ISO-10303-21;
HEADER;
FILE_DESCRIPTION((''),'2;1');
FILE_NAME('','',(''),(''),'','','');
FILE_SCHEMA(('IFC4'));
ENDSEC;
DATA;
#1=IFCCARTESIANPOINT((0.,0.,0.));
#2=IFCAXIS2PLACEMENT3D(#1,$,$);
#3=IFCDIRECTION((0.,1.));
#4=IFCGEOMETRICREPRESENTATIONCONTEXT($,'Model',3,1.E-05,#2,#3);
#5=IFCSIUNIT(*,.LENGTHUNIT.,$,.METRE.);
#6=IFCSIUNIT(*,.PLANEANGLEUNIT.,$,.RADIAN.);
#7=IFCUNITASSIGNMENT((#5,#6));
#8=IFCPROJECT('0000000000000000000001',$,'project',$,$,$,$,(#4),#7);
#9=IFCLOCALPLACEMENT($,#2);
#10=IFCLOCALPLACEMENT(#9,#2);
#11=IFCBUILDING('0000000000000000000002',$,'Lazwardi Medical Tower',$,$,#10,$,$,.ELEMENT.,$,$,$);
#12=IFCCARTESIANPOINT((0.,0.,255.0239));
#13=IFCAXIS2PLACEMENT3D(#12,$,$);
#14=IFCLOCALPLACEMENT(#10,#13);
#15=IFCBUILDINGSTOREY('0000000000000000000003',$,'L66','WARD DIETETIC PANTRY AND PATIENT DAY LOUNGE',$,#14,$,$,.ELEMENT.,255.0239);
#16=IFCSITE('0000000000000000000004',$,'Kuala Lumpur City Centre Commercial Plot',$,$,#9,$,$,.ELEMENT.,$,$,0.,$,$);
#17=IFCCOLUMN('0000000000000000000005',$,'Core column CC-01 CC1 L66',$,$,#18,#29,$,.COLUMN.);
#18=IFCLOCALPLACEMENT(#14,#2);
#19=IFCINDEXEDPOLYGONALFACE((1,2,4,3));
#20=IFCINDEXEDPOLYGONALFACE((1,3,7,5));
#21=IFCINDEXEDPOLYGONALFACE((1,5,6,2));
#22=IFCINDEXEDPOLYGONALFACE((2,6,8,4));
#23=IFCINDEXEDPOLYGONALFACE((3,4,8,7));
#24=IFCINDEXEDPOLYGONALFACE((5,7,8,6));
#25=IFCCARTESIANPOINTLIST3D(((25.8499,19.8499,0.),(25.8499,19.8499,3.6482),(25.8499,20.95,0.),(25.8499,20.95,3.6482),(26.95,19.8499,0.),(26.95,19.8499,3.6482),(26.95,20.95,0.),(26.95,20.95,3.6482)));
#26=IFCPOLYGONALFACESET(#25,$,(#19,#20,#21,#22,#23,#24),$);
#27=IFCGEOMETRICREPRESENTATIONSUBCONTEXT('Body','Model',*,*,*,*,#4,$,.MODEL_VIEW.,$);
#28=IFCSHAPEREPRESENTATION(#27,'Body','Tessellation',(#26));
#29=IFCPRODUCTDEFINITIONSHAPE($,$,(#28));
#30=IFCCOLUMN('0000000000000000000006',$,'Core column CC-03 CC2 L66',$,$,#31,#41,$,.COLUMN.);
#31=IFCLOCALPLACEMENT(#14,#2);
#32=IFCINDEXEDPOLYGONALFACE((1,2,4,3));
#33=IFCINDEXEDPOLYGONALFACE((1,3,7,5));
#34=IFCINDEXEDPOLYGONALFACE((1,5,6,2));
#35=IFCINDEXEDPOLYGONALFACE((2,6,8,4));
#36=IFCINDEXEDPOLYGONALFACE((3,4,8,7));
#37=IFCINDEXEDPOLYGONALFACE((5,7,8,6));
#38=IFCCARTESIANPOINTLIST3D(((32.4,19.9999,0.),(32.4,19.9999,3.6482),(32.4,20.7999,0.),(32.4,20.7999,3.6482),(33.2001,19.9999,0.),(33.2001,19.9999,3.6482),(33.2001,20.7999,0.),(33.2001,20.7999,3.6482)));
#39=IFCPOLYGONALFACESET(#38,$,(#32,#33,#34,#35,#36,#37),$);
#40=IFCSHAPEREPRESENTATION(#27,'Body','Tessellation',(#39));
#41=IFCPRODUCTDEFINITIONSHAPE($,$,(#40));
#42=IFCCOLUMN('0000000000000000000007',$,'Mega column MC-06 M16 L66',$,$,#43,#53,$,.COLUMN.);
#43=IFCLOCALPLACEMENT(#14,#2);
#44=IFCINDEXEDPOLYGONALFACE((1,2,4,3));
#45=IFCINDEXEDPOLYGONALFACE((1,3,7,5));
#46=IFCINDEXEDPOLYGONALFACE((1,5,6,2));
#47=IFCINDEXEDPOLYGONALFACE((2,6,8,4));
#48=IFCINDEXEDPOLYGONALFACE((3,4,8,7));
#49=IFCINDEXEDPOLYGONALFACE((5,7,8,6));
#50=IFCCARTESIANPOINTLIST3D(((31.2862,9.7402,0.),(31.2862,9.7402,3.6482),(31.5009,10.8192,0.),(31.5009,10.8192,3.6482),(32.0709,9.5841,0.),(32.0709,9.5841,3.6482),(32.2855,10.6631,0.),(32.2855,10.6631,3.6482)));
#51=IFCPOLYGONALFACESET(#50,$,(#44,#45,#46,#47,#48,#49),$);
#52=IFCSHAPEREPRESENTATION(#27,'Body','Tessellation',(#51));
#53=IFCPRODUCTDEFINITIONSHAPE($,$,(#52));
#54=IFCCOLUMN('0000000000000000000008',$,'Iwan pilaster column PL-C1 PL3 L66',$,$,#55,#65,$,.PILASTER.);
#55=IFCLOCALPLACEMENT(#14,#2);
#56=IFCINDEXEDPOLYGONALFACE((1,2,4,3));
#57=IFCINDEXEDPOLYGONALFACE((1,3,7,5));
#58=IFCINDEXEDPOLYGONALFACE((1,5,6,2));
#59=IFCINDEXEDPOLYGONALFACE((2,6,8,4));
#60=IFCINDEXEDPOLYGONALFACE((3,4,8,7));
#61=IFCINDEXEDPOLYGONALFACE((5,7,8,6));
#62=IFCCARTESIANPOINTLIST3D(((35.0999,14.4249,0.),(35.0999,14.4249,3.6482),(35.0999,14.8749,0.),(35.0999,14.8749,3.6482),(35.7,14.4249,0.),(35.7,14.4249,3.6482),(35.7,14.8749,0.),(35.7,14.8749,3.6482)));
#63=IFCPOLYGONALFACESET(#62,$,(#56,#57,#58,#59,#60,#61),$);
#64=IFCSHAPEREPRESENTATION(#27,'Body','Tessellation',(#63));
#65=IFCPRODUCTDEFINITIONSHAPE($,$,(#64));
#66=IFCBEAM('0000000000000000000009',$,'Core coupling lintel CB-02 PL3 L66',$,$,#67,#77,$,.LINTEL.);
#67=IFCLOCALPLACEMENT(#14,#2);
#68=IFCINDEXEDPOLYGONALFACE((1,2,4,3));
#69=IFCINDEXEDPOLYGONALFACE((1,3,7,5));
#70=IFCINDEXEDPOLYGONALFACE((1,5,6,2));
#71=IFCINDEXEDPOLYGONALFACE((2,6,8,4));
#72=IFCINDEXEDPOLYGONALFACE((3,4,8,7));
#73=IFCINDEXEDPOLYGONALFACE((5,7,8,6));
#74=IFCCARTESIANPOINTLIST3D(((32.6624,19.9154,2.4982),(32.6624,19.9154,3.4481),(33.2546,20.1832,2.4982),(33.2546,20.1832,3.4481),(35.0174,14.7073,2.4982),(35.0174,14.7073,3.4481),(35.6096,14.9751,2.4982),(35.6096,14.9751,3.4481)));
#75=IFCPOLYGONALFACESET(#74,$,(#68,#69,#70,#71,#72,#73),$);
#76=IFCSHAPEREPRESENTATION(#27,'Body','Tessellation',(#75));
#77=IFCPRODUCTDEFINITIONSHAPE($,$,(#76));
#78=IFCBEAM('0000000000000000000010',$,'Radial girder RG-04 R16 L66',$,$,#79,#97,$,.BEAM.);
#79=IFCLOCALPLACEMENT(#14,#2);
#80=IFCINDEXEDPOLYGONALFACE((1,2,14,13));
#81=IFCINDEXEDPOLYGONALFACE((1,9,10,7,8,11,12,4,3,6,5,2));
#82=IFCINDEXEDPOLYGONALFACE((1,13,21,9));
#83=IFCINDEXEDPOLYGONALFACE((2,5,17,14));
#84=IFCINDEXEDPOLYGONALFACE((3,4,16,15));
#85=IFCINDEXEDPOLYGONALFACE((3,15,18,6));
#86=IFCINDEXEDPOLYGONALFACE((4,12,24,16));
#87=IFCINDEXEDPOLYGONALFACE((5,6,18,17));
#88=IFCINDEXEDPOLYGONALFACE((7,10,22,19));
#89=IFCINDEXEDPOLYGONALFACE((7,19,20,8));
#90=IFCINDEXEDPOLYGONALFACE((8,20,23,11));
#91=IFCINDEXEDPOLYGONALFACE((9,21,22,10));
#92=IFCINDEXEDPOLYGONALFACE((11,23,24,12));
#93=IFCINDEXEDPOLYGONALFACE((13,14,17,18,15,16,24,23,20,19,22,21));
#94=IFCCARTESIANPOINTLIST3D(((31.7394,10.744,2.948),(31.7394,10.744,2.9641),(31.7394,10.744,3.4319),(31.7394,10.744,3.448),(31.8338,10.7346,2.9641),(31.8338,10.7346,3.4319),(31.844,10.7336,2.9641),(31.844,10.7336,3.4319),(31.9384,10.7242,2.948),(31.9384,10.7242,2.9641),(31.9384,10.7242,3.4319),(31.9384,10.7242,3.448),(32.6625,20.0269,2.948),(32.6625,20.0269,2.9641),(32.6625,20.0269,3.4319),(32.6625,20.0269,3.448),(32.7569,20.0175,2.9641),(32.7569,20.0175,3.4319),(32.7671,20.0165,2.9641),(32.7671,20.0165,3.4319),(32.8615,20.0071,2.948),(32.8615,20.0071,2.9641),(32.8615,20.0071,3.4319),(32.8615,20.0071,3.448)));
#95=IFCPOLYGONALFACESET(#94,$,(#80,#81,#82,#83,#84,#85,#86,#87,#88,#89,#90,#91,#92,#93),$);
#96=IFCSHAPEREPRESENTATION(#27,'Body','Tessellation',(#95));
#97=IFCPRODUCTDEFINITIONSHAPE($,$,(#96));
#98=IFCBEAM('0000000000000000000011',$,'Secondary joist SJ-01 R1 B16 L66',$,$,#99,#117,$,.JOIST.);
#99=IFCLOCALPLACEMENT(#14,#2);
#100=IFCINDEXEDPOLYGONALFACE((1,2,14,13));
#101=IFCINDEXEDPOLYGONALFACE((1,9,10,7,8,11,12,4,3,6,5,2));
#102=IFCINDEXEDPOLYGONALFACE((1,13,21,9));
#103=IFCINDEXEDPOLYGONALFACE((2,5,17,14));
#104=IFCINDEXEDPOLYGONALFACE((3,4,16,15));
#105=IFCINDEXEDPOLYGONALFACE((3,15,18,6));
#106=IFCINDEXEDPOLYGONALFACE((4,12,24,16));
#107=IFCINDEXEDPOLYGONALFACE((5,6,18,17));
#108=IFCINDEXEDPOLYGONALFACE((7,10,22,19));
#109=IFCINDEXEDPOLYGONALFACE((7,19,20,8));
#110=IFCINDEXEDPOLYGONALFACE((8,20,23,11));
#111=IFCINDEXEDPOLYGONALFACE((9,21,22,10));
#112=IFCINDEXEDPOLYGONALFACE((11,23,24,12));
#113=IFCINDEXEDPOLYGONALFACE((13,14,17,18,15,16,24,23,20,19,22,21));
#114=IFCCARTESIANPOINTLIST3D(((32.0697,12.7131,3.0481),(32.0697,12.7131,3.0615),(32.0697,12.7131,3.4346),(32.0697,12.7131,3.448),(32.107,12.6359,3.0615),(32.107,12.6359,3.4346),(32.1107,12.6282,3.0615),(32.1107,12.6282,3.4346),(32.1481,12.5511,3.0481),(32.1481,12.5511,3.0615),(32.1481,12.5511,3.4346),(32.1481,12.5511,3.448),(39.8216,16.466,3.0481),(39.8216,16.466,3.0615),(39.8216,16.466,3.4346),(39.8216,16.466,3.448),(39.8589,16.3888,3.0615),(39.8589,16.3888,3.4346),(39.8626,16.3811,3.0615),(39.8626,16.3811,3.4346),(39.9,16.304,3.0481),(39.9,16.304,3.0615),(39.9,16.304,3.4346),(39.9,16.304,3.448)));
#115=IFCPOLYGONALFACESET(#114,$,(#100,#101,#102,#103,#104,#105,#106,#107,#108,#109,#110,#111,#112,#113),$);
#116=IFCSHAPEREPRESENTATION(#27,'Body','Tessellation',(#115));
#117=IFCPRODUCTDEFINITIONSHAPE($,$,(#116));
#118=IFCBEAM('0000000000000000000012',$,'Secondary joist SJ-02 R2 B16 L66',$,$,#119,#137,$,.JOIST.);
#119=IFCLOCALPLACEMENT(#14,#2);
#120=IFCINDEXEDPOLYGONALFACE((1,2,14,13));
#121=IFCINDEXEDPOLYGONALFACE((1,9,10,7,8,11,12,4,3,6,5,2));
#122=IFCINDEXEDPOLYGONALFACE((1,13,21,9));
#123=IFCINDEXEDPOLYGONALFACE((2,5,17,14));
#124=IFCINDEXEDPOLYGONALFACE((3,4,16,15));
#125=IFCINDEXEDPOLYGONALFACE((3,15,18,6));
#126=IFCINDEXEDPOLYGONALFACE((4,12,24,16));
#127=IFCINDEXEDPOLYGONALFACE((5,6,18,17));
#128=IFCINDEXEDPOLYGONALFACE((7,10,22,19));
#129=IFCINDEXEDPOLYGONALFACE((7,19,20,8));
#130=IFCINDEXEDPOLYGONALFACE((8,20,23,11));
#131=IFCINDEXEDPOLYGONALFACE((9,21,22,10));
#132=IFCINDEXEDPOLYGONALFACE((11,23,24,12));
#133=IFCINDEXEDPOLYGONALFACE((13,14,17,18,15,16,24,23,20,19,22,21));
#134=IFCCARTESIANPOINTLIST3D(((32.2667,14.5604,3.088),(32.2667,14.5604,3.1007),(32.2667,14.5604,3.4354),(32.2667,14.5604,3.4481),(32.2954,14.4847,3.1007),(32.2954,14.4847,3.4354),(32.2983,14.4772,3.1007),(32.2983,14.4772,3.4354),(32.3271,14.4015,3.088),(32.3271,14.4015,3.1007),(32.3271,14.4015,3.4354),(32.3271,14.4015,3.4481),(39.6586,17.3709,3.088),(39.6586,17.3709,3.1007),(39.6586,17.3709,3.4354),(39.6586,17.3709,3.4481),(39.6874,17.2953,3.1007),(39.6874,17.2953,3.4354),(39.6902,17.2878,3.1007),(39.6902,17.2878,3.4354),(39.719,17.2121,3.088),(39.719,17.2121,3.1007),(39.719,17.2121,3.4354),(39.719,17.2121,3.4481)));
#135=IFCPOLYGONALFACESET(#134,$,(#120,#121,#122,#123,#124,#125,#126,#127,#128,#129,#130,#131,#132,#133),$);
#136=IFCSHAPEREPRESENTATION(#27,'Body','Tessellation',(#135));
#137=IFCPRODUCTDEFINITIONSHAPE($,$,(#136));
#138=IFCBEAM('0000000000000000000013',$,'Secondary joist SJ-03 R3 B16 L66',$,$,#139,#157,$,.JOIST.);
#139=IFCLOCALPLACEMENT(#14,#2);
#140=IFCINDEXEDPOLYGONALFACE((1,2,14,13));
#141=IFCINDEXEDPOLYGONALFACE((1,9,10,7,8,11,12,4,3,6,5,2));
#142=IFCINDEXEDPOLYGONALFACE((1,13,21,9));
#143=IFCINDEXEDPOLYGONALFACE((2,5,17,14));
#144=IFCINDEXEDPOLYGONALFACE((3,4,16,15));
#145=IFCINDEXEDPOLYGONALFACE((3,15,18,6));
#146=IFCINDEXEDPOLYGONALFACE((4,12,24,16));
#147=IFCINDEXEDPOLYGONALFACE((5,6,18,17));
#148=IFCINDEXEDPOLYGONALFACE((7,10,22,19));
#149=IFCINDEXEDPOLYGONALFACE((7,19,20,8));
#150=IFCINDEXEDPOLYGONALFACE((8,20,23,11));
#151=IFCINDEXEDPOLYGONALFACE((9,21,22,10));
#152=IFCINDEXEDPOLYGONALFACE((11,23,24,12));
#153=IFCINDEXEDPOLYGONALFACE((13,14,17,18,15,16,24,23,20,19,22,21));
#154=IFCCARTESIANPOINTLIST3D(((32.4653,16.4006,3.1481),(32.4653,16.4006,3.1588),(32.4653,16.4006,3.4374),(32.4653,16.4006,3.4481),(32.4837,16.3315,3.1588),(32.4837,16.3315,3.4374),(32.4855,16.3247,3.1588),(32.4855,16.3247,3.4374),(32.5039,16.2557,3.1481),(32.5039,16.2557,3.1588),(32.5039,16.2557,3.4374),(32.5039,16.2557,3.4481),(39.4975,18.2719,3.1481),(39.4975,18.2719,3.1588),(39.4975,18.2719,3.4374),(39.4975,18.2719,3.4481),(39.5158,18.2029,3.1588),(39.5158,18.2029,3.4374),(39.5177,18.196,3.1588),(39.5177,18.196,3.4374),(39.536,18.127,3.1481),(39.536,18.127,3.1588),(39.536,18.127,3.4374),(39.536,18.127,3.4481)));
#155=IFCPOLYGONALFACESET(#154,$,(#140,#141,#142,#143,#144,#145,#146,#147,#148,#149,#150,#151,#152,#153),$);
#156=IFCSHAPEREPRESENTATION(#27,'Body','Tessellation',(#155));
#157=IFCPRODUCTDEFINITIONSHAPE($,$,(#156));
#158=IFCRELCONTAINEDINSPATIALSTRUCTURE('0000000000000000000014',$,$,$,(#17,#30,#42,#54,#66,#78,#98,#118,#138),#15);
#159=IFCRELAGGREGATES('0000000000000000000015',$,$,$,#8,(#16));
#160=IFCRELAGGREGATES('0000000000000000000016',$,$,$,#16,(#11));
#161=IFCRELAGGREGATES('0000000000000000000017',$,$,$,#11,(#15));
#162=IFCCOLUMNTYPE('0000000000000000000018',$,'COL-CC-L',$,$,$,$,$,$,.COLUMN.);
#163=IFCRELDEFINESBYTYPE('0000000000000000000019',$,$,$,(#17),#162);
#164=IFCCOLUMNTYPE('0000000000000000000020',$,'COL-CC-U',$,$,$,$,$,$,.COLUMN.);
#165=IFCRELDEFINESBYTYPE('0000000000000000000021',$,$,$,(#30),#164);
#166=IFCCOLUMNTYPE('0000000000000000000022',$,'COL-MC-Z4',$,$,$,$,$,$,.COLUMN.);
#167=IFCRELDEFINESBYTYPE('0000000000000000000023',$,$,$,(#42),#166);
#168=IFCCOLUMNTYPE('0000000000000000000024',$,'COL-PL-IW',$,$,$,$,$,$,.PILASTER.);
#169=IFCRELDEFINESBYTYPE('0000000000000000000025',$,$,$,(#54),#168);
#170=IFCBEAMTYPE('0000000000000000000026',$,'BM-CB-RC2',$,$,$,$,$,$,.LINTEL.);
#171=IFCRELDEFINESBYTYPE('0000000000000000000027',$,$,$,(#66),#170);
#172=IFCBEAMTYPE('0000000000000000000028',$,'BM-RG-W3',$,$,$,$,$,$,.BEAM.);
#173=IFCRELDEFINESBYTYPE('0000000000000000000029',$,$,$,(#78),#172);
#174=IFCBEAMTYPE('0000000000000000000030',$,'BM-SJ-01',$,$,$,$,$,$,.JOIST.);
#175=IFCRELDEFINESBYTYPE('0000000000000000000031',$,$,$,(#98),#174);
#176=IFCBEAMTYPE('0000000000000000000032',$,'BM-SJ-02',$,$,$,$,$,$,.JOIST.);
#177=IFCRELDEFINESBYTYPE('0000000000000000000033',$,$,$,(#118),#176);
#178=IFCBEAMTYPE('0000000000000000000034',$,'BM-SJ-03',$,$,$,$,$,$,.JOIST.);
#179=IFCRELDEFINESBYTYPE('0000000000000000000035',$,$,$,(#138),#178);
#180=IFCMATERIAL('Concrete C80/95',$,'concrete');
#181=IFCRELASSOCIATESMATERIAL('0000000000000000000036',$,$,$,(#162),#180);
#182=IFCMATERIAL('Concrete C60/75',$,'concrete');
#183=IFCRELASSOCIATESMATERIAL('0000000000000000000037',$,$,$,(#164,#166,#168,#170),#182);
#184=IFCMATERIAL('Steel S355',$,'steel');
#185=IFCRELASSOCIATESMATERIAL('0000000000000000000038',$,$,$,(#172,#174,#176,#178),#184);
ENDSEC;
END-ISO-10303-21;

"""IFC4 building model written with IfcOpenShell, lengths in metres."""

from ifc_helpers import new_model, si_unit, direction, frame, origin, origin_2d, place, context, subcontext, project, spatial, rectangle, i_section, extrude, material, material_profile, profile_set, type_object, element, save


model = new_model("IFC4")

# Units and contexts
model_context = context("Model", 3, precision=1e-05, world=origin(), true_north=direction((0.0, 1.0)))
body_context = subcontext(model_context, "Body", "Model", "MODEL_VIEW")
ifc_project = project(units=[si_unit("LENGTHUNIT", "METRE"), si_unit("PLANEANGLEUNIT", "RADIAN")], contexts=[model_context])

# Site, building, storey
site_placement = place(None, origin())
site = spatial("IfcSite", under=ifc_project, at=site_placement, Name="Kuala Lumpur City Centre Commercial Plot", CompositionType="ELEMENT", RefElevation=0.0)
building_placement = place(site_placement, origin())
building = spatial("IfcBuilding", under=site, at=building_placement, Name="Lazwardi Medical Tower", CompositionType="ELEMENT")
storey_placement = place(building_placement, frame((0.0, 0.0, 255.0239)))
storey = spatial("IfcBuildingStorey", under=building, at=storey_placement, Name="L66", Description="WARD DIETETIC PANTRY AND PATIENT DAY LOUNGE", CompositionType="ELEMENT", Elevation=255.0239)

# Columns
ifc_material_1 = material(Name="Concrete C80/95", Category="concrete")
ifc_material_profile_1 = material_profile(ifc_material_1, rectangle(XDim=1.1001, YDim=1.1001, at=origin_2d()), Name="RC 1100x1100")
ifc_profile_set_1 = profile_set([ifc_material_profile_1], Name="Concrete C80/95")
column_type_1 = type_object("IfcColumnType", Name="COL-CC-L", PredefinedType="COLUMN", material=ifc_profile_set_1)
column_1_placement = place(storey_placement, frame((26.3999, 20.3999, 0.0), z_axis=(0.0, 0.0, 1.0), x_axis=(1.0, 0.0, 0.0)))
element("IfcColumn", 1, at=column_1_placement, inside=storey, type_object=column_type_1, Name="Core column CC-01 CC1 L66", PredefinedType="COLUMN", context=body_context, shape_type="SweptSolid", body=[
    extrude(rectangle(XDim=1.1001, YDim=1.1001, at=origin_2d()), origin(), (0.0, 0.0, 1.0), 3.6482),
])
ifc_material_2 = material(Name="Concrete C60/75", Category="concrete")
ifc_material_profile_2 = material_profile(ifc_material_2, rectangle(XDim=0.8, YDim=0.8, at=origin_2d()), Name="RC 800x800")
ifc_profile_set_2 = profile_set([ifc_material_profile_2], Name="Concrete C60/75")
column_type_2 = type_object("IfcColumnType", Name="COL-CC-U", PredefinedType="COLUMN", material=ifc_profile_set_2)
column_2_placement = place(storey_placement, frame((32.8, 20.3999, 0.0), z_axis=(0.0, 0.0, 1.0), x_axis=(1.0, 0.0, 0.0)))
element("IfcColumn", 2, at=column_2_placement, inside=storey, type_object=column_type_2, Name="Core column CC-03 CC2 L66", PredefinedType="COLUMN", context=body_context, shape_type="SweptSolid", body=[
    extrude(rectangle(XDim=0.8, YDim=0.8, at=origin_2d()), origin(), (0.0, 0.0, 1.0), 3.6482),
])
ifc_material_profile_3 = material_profile(ifc_material_2, rectangle(XDim=1.1001, YDim=0.8, at=origin_2d()), Name="CFT-RECT 1100x800")
ifc_profile_set_3 = profile_set([ifc_material_profile_3], Name="Concrete C60/75")
column_type_3 = type_object("IfcColumnType", Name="COL-MC-Z4", PredefinedType="COLUMN", material=ifc_profile_set_3)
column_3_placement = place(storey_placement, frame((31.7859, 10.2017, 0.0), z_axis=(0.0, 0.0, 1.0), x_axis=(-0.19509, -0.980785, 0.0)))
element("IfcColumn", 3, at=column_3_placement, inside=storey, type_object=column_type_3, Name="Mega column MC-06 M16 L66", PredefinedType="COLUMN", context=body_context, shape_type="SweptSolid", body=[
    extrude(rectangle(XDim=1.1001, YDim=0.8, at=origin_2d()), origin(), (0.0, 0.0, 1.0), 3.6482),
])
ifc_material_profile_4 = material_profile(ifc_material_2, rectangle(XDim=0.6001, YDim=0.45, at=origin_2d()), Name="RC 600x450")
ifc_profile_set_4 = profile_set([ifc_material_profile_4], Name="Concrete C60/75")
column_type_4 = type_object("IfcColumnType", Name="COL-PL-IW", PredefinedType="PILASTER", material=ifc_profile_set_4)
column_4_placement = place(storey_placement, frame((35.3999, 14.6499, 0.0), z_axis=(0.0, 0.0, 1.0), x_axis=(1.0, 0.0, 0.0)))
element("IfcColumn", 4, at=column_4_placement, inside=storey, type_object=column_type_4, Name="Iwan pilaster column PL-C1 PL3 L66", PredefinedType="PILASTER", context=body_context, shape_type="SweptSolid", body=[
    extrude(rectangle(XDim=0.6001, YDim=0.45, at=origin_2d()), origin(), (0.0, 0.0, 1.0), 3.6482),
])

# Beams
ifc_material_profile_5 = material_profile(ifc_material_2, rectangle(XDim=0.6499, YDim=0.95, at=origin_2d()), Name="RC 650x950")
ifc_profile_set_5 = profile_set([ifc_material_profile_5], Name="Concrete C60/75")
beam_type_1 = type_object("IfcBeamType", Name="BM-CB-RC2", PredefinedType="LINTEL", material=ifc_profile_set_5)
beam_1_placement = place(storey_placement, frame((32.9585, 20.0493, 2.9731), z_axis=(0.412019, -0.911175, 0.0), x_axis=(0.911175, 0.412019, 0.0)))
element("IfcBeam", 5, at=beam_1_placement, inside=storey, type_object=beam_type_1, Name="Core coupling lintel CB-02 PL3 L66", PredefinedType="LINTEL", context=body_context, shape_type="SweptSolid", body=[
    extrude(rectangle(XDim=0.6499, YDim=0.95, at=origin_2d()), origin(), (0.0, 0.0, 1.0), 5.7158),
])
ifc_material_3 = material(Name="Steel S355", Category="steel")
ifc_material_profile_6 = material_profile(ifc_material_3, i_section(OverallWidth=0.2, OverallDepth=0.5, WebThickness=0.0103, FlangeThickness=0.0161, at=origin_2d()), Name="IPE 500")
ifc_profile_set_6 = profile_set([ifc_material_profile_6], Name="Steel S355")
beam_type_2 = type_object("IfcBeamType", Name="BM-RG-W3", PredefinedType="BEAM", material=ifc_profile_set_6)
beam_2_placement = place(storey_placement, frame((31.8389, 10.7341, 3.198), z_axis=(0.098954, 0.995092, 0.0), x_axis=(-0.995092, 0.098954, 0.0)))
element("IfcBeam", 6, at=beam_2_placement, inside=storey, type_object=beam_type_2, Name="Radial girder RG-04 R16 L66", PredefinedType="BEAM", context=body_context, shape_type="SweptSolid", body=[
    extrude(i_section(OverallWidth=0.2, OverallDepth=0.5, WebThickness=0.0103, FlangeThickness=0.0161, at=origin_2d()), origin(), (0.0, 0.0, 1.0), 9.3286),
])
ifc_material_profile_7 = material_profile(ifc_material_3, i_section(OverallWidth=0.1799, OverallDepth=0.3999, WebThickness=0.0085, FlangeThickness=0.0134, at=origin_2d()), Name="IPE 400")
ifc_profile_set_7 = profile_set([ifc_material_profile_7], Name="Steel S355")
beam_type_3 = type_object("IfcBeamType", Name="BM-SJ-01", PredefinedType="JOIST", material=ifc_profile_set_7)
beam_3_placement = place(storey_placement, frame((32.1089, 12.6321, 3.248), z_axis=(0.900069, 0.435748, 0.0), x_axis=(-0.435748, 0.900069, 0.0)))
element("IfcBeam", 7, at=beam_3_placement, inside=storey, type_object=beam_type_3, Name="Secondary joist SJ-01 R1 B16 L66", PredefinedType="JOIST", context=body_context, shape_type="SweptSolid", body=[
    extrude(i_section(OverallWidth=0.1799, OverallDepth=0.3999, WebThickness=0.0085, FlangeThickness=0.0134, at=origin_2d()), origin(), (0.0, 0.0, 1.0), 8.6125),
])
ifc_material_profile_8 = material_profile(ifc_material_3, i_section(OverallWidth=0.1699, OverallDepth=0.3601, WebThickness=0.0081, FlangeThickness=0.0127, at=origin_2d()), Name="IPE 360")
ifc_profile_set_8 = profile_set([ifc_material_profile_8], Name="Steel S355")
beam_type_4 = type_object("IfcBeamType", Name="BM-SJ-02", PredefinedType="JOIST", material=ifc_profile_set_8)
beam_4_placement = place(storey_placement, frame((32.2969, 14.481, 3.2681), z_axis=(0.934714, 0.3554, 0.0), x_axis=(-0.3554, 0.934714, 0.0)))
element("IfcBeam", 8, at=beam_4_placement, inside=storey, type_object=beam_type_4, Name="Secondary joist SJ-02 R2 B16 L66", PredefinedType="JOIST", context=body_context, shape_type="SweptSolid", body=[
    extrude(i_section(OverallWidth=0.1699, OverallDepth=0.3601, WebThickness=0.0081, FlangeThickness=0.0127, at=origin_2d()), origin(), (0.0, 0.0, 1.0), 7.9082),
])
ifc_material_profile_9 = material_profile(ifc_material_3, i_section(OverallWidth=0.1499, OverallDepth=0.3, WebThickness=0.0071, FlangeThickness=0.0107, at=origin_2d()), Name="IPE 300")
ifc_profile_set_9 = profile_set([ifc_material_profile_9], Name="Steel S355")
beam_type_5 = type_object("IfcBeamType", Name="BM-SJ-03", PredefinedType="JOIST", material=ifc_profile_set_9)
beam_5_placement = place(storey_placement, frame((32.4846, 16.3281, 3.2981), z_axis=(0.966369, 0.257159, 0.0), x_axis=(-0.257159, 0.966369, 0.0)))
element("IfcBeam", 9, at=beam_5_placement, inside=storey, type_object=beam_type_5, Name="Secondary joist SJ-03 R3 B16 L66", PredefinedType="JOIST", context=body_context, shape_type="SweptSolid", body=[
    extrude(i_section(OverallWidth=0.1499, OverallDepth=0.3, WebThickness=0.0071, FlangeThickness=0.0107, at=origin_2d()), origin(), (0.0, 0.0, 1.0), 7.2769),
])

save(model, "model.ifc")
